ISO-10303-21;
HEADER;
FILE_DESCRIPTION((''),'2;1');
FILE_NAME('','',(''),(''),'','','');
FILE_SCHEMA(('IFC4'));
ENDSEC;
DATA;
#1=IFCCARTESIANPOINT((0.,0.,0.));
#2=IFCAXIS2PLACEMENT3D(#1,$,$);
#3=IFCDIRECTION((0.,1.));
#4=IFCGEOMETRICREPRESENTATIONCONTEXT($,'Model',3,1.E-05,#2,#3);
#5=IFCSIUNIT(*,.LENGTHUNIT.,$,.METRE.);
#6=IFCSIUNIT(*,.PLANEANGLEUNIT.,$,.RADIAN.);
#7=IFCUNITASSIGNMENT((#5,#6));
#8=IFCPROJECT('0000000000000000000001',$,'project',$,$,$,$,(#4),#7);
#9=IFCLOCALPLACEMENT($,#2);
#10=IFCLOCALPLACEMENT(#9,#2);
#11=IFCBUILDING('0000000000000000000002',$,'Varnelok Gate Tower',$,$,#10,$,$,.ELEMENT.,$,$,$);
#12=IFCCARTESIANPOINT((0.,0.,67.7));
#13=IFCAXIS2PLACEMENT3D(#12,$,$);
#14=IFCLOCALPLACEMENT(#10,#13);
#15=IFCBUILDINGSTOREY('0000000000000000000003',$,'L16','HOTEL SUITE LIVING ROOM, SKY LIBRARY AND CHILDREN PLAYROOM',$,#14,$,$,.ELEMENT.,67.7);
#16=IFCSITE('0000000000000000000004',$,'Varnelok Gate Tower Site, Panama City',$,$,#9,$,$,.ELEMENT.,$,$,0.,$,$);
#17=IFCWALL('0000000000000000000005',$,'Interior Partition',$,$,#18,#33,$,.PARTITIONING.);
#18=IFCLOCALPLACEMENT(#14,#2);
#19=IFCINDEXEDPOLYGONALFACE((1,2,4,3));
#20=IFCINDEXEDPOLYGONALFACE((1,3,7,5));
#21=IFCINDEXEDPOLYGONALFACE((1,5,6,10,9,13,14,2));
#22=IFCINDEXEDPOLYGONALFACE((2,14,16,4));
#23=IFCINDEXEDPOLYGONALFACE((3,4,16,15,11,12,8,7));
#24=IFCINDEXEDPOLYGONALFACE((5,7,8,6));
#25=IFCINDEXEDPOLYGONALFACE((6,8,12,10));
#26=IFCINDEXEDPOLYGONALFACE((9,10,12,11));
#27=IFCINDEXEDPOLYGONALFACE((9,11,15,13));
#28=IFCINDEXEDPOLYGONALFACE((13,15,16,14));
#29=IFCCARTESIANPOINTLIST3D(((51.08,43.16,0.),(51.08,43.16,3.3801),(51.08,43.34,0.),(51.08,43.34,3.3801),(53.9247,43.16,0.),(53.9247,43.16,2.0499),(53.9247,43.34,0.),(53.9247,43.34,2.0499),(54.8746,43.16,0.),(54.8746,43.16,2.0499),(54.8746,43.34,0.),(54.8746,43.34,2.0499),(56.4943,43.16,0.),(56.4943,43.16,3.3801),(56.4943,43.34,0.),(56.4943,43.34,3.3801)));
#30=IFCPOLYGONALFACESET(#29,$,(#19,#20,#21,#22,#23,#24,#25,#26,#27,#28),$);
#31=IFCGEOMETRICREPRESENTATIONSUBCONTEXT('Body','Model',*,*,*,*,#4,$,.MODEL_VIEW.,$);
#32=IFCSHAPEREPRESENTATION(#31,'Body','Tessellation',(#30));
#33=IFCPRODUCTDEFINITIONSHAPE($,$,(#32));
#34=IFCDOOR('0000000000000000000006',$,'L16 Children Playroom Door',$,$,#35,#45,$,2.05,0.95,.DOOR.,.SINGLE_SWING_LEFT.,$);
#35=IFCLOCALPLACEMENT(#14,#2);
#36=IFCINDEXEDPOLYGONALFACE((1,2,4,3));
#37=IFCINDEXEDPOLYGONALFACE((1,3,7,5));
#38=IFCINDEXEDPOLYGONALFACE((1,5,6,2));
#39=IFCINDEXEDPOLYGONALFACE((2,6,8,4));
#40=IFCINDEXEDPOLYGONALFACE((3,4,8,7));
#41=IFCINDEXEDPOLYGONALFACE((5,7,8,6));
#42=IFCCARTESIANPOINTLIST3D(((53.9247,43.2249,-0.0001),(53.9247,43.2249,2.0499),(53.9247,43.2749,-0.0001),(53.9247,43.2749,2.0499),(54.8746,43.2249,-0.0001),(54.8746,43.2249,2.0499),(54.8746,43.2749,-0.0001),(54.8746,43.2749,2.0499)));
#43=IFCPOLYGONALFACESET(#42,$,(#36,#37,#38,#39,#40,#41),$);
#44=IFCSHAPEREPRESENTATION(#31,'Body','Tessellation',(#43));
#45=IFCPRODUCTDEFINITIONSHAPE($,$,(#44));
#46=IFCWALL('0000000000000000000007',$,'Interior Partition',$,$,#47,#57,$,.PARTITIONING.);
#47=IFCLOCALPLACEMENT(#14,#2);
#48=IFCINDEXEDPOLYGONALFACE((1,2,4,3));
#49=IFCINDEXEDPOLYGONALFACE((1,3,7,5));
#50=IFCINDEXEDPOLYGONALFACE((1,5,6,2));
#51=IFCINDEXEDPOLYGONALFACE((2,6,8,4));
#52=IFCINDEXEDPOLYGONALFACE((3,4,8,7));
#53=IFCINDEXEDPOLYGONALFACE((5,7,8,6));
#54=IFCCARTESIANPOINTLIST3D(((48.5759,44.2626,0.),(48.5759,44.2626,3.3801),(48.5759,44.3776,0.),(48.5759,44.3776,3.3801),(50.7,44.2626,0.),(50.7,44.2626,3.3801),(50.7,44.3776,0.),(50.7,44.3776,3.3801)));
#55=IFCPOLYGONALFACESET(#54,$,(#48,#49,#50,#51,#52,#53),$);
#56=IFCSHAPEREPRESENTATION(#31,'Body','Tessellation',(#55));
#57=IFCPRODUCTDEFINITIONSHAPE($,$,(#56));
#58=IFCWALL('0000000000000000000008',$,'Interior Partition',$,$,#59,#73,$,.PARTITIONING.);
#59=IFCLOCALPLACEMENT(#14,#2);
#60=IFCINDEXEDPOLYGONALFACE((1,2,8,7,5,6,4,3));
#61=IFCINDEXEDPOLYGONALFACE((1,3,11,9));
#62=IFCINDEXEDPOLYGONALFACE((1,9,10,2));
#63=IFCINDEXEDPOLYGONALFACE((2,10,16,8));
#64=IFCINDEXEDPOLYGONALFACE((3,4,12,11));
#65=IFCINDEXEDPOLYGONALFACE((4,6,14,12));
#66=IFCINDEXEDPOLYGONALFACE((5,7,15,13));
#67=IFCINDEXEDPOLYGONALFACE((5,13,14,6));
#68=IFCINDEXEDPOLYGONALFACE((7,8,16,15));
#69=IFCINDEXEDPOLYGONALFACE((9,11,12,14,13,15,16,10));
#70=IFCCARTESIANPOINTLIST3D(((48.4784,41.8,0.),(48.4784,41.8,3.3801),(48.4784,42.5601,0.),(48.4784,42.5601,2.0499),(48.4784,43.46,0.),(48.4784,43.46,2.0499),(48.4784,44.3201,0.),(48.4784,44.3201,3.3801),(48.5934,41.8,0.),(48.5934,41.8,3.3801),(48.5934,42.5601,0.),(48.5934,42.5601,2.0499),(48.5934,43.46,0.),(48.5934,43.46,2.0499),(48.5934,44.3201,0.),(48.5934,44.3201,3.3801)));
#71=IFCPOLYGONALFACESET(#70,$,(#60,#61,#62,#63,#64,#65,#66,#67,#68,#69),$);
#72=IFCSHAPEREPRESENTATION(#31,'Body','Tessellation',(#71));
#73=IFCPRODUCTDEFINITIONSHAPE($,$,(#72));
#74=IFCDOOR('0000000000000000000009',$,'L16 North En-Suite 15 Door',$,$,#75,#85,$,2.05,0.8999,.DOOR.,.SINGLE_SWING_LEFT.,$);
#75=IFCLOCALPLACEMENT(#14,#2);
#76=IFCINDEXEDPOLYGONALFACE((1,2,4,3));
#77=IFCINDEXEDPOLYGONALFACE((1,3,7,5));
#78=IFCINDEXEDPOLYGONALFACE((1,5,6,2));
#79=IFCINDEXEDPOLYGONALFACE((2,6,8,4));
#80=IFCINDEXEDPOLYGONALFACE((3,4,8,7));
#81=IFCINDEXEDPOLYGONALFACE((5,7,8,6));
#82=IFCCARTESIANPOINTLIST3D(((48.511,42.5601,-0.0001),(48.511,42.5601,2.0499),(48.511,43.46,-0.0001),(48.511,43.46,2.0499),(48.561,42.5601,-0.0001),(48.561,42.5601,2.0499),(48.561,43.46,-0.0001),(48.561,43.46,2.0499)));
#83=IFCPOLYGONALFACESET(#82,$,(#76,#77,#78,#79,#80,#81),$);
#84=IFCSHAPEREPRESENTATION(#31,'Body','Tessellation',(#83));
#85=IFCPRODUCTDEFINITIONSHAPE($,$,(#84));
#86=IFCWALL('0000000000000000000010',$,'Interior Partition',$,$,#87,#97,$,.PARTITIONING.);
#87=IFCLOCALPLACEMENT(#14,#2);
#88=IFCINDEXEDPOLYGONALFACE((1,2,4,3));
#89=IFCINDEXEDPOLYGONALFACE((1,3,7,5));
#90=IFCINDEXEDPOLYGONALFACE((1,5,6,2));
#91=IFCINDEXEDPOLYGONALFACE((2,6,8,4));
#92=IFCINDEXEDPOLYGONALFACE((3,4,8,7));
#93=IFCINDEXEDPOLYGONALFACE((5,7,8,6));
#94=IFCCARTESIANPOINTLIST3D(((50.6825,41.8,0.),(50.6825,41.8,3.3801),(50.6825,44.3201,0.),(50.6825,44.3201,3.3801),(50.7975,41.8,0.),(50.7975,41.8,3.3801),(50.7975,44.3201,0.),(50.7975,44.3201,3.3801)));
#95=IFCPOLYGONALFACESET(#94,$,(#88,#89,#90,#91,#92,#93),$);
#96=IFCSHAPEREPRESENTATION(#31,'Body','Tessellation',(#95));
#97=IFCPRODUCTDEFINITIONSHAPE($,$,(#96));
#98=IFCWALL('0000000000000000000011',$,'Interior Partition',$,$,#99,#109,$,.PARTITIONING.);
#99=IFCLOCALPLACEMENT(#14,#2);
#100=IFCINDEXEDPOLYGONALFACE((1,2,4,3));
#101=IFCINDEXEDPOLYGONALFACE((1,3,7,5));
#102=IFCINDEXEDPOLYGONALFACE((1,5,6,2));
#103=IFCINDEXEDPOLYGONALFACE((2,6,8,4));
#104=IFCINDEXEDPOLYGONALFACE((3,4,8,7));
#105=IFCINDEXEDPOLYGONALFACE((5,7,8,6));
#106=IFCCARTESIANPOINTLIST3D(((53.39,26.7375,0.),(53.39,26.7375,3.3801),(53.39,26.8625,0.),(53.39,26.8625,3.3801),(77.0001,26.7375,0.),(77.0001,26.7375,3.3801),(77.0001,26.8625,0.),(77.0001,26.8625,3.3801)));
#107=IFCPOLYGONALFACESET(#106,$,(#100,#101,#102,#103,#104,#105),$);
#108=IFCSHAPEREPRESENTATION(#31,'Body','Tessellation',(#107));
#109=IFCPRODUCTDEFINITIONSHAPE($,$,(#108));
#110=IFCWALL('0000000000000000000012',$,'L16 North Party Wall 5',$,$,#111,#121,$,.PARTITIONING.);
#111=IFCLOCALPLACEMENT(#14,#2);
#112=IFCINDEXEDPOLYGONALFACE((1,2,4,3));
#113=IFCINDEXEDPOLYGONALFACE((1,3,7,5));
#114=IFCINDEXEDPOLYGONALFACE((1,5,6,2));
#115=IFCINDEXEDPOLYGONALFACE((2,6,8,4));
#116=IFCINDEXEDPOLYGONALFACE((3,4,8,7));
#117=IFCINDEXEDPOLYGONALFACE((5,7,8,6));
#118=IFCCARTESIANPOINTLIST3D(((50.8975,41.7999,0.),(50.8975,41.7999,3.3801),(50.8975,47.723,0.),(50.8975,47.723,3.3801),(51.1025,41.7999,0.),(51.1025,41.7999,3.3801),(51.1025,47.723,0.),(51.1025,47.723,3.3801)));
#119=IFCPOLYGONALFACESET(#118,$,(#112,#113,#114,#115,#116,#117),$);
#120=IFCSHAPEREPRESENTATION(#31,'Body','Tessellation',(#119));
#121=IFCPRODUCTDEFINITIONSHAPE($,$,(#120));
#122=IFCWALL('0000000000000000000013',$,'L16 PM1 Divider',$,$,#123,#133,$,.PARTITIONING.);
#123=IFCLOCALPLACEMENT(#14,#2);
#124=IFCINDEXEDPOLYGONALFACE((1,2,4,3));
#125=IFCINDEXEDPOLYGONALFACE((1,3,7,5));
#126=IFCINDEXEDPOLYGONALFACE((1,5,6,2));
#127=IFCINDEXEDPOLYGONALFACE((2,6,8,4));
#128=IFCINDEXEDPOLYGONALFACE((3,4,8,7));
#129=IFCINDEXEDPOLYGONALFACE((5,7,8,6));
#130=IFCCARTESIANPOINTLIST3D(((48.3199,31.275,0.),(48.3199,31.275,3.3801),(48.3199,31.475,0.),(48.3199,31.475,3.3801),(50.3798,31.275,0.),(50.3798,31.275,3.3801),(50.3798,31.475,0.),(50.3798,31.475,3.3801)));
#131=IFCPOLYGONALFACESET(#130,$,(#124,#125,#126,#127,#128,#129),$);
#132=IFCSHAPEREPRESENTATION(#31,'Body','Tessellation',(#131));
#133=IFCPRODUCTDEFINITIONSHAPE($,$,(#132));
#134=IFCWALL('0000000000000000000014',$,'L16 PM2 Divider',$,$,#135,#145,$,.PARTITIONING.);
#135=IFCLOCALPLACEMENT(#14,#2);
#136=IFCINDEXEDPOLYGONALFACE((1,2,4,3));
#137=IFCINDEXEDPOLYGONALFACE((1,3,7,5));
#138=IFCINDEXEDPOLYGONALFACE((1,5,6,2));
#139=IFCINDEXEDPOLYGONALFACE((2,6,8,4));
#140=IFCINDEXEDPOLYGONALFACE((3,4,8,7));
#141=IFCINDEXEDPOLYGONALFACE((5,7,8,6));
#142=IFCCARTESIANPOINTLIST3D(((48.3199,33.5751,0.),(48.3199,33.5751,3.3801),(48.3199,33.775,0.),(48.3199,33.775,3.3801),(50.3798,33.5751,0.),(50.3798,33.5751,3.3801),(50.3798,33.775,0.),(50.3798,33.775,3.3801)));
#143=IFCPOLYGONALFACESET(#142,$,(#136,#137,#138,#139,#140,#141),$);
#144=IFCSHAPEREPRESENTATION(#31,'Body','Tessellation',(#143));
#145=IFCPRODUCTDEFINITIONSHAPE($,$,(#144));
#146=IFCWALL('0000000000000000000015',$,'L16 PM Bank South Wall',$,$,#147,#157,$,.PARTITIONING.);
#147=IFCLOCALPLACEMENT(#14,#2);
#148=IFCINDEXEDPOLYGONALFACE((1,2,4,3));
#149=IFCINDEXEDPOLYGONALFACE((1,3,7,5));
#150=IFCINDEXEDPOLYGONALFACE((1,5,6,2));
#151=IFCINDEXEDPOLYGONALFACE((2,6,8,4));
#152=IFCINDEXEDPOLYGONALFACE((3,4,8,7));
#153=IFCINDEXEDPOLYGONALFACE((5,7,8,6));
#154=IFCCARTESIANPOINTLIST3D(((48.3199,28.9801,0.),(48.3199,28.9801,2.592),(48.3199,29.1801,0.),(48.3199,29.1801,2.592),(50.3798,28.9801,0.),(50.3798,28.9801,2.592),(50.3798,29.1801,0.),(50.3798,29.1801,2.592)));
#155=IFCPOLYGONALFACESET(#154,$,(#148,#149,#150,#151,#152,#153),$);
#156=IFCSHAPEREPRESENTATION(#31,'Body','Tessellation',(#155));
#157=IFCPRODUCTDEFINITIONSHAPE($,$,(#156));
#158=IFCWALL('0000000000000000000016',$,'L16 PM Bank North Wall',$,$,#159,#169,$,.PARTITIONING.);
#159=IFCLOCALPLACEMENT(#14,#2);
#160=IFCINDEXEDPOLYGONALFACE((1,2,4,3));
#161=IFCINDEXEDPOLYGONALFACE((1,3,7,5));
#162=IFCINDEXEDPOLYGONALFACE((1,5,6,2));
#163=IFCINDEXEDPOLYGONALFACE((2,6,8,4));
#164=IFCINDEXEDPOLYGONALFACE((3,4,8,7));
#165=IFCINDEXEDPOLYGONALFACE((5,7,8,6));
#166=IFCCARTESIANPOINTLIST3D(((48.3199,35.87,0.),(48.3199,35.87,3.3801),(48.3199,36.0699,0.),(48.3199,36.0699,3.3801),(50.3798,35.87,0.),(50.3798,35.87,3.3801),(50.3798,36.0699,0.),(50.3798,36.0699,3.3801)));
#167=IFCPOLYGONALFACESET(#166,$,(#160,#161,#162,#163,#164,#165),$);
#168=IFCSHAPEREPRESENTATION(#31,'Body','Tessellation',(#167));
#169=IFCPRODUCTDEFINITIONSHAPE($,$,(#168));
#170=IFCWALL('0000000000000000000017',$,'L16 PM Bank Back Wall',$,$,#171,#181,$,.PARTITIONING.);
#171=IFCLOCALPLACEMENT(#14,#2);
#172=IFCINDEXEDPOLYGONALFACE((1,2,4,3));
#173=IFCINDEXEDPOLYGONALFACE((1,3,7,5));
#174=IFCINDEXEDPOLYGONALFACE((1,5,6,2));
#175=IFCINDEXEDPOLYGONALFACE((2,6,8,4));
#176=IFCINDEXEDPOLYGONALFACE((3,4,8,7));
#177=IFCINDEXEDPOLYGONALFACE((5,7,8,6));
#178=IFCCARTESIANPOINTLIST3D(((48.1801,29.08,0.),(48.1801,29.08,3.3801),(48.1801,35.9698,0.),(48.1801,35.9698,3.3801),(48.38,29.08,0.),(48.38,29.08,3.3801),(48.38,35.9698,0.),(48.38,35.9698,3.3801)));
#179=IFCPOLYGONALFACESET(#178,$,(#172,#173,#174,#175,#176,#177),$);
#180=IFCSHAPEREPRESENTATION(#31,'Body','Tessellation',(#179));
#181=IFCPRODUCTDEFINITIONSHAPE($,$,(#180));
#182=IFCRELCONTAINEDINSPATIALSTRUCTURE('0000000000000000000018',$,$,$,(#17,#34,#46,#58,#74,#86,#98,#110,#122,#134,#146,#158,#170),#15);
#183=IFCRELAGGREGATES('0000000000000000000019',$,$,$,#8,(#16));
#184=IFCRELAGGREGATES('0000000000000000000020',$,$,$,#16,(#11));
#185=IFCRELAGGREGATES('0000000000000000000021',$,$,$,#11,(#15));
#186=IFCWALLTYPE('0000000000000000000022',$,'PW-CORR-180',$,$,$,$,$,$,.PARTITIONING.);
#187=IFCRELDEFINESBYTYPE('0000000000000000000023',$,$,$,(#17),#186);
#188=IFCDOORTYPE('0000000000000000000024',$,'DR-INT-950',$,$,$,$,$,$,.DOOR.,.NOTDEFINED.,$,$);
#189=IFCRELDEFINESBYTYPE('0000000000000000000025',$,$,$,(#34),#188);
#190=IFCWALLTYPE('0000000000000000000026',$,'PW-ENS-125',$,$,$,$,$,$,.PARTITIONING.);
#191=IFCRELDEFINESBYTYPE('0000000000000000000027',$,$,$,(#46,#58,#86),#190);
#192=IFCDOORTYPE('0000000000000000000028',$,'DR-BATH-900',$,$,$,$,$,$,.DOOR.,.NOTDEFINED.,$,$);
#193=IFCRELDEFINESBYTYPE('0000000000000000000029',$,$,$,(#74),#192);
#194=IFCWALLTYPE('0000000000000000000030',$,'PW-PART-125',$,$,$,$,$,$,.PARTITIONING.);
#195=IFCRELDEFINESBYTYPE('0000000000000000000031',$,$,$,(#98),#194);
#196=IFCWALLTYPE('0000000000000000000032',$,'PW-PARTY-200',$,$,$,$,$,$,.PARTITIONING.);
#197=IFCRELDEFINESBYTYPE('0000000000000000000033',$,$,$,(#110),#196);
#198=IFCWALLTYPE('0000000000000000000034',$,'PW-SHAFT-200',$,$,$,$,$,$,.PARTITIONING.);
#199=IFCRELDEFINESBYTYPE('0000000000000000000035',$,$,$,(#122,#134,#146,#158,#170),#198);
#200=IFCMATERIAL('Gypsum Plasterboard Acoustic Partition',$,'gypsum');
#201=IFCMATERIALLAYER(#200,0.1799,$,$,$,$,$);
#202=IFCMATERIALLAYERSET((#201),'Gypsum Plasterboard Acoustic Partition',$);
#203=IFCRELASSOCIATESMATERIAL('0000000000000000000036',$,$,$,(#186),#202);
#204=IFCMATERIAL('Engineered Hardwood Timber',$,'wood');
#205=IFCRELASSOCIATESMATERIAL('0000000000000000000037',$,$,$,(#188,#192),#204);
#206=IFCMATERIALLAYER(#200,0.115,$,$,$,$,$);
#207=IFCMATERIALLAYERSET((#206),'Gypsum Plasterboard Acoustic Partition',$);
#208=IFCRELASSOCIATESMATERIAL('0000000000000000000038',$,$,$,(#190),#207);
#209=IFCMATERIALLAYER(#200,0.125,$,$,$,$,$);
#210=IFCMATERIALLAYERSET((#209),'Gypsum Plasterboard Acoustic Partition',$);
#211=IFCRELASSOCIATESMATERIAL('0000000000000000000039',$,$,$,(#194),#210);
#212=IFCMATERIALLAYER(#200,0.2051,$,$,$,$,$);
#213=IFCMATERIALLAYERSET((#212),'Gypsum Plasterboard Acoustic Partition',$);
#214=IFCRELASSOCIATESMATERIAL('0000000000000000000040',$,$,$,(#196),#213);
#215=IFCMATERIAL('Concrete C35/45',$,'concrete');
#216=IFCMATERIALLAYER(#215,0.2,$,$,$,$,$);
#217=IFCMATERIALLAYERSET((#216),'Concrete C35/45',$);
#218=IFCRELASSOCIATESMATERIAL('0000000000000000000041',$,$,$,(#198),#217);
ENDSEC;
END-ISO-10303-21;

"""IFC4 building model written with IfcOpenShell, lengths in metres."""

from ifc_helpers import new_model, si_unit, direction, frame, frame_2d, origin, place, context, subcontext, project, spatial, rectangle, extrude, material, layer, layer_set, type_object, element, fill, save


model = new_model("IFC4")

# Units and contexts
model_context = context("Model", 3, precision=1e-05, world=origin(), true_north=direction((0.0, 1.0)))
body_context = subcontext(model_context, "Body", "Model", "MODEL_VIEW")
ifc_project = project(units=[si_unit("LENGTHUNIT", "METRE"), si_unit("PLANEANGLEUNIT", "RADIAN")], contexts=[model_context])

# Site, building, storey
site_placement = place(None, origin())
site = spatial("IfcSite", under=ifc_project, at=site_placement, Name="Varnelok Gate Tower Site, Panama City", CompositionType="ELEMENT", RefElevation=0.0)
building_placement = place(site_placement, origin())
building = spatial("IfcBuilding", under=site, at=building_placement, Name="Varnelok Gate Tower", CompositionType="ELEMENT")
storey_placement = place(building_placement, frame((0.0, 0.0, 67.7)))
storey = spatial("IfcBuildingStorey", under=building, at=storey_placement, Name="L16", Description="HOTEL SUITE LIVING ROOM, SKY LIBRARY AND CHILDREN PLAYROOM", CompositionType="ELEMENT", Elevation=67.7)

# Wall, opening, door
ifc_material_1 = material(Name="Gypsum Plasterboard Acoustic Partition", Category="gypsum")
ifc_layer_1 = layer(ifc_material_1, 0.1799)
ifc_layer_set_1 = layer_set([ifc_layer_1], Name="Gypsum Plasterboard Acoustic Partition")
wall_type_1 = type_object("IfcWallType", Name="PW-CORR-180", PredefinedType="PARTITIONING", material=ifc_layer_set_1)
wall_1_placement = place(storey_placement, frame((51.0801, 43.25, 0.0), z_axis=(0.0, 0.0, 1.0), x_axis=(1.0, 0.0, 0.0)))
wall_1 = element("IfcWall", 1, at=wall_1_placement, inside=storey, type_object=wall_type_1, Name="Interior Partition", PredefinedType="PARTITIONING", context=body_context, shape_type="SweptSolid", body=[
    extrude(rectangle(XDim=5.4143, YDim=0.1799, at=frame_2d((2.707, 0.0))), origin(), (0.0, 0.0, 1.0), 3.3801),
])
opening_1_placement = place(wall_1_placement, frame((2.8445, 0.0, 0.0)))
opening_1 = element("IfcOpeningElement", 2, at=opening_1_placement, cuts=wall_1, PredefinedType="OPENING", context=body_context, shape_type="SweptSolid", body=[
    extrude(rectangle(XDim=0.95, YDim=2.05, at=frame_2d((0.4751, 1.0249))), frame((0.0, 0.0999, 0.0), z_axis=(0.0, -1.0, 0.0), x_axis=(1.0, 0.0, 0.0)), (0.0, 0.0, 1.0), 0.2),
])
ifc_material_2 = material(Name="Engineered Hardwood Timber", Category="wood")
door_type_1 = type_object("IfcDoorType", Name="DR-INT-950", OperationType="NOTDEFINED", PredefinedType="DOOR", material=ifc_material_2)
door_1_placement = place(opening_1_placement, origin())
door_1 = element("IfcDoor", 3, at=door_1_placement, inside=storey, type_object=door_type_1, Name="L16 Children Playroom Door", OperationType="SINGLE_SWING_LEFT", OverallHeight=2.05, OverallWidth=0.95, PredefinedType="DOOR", context=body_context, shape_type="SweptSolid", body=[
    extrude(rectangle(XDim=0.95, YDim=2.05, at=frame_2d((0.4751, 1.0249))), frame((0.0, 0.0249, 0.0), z_axis=(0.0, -1.0, 0.0), x_axis=(1.0, 0.0, 0.0)), (0.0, 0.0, 1.0), 0.05),
])
fill(opening_1, door_1)

# Wall
ifc_layer_2 = layer(ifc_material_1, 0.115)
ifc_layer_set_2 = layer_set([ifc_layer_2], Name="Gypsum Plasterboard Acoustic Partition")
wall_type_2 = type_object("IfcWallType", Name="PW-ENS-125", PredefinedType="PARTITIONING", material=ifc_layer_set_2)
wall_2_placement = place(storey_placement, frame((48.5759, 44.3201, 0.0), z_axis=(0.0, 0.0, 1.0), x_axis=(1.0, 0.0, 0.0)))
element("IfcWall", 4, at=wall_2_placement, inside=storey, type_object=wall_type_2, Name="Interior Partition", PredefinedType="PARTITIONING", context=body_context, shape_type="SweptSolid", body=[
    extrude(rectangle(XDim=2.124, YDim=0.115, at=frame_2d((1.062, 0.0))), origin(), (0.0, 0.0, 1.0), 3.3801),
])

# Wall, opening, door
wall_3_placement = place(storey_placement, frame((48.5359, 41.8, 0.0), z_axis=(0.0, 0.0, 1.0), x_axis=(0.0, 1.0, 0.0)))
wall_3 = element("IfcWall", 5, at=wall_3_placement, inside=storey, type_object=wall_type_2, Name="Interior Partition", PredefinedType="PARTITIONING", context=body_context, shape_type="SweptSolid", body=[
    extrude(rectangle(XDim=2.52, YDim=0.115, at=frame_2d((1.26, 0.0))), origin(), (0.0, 0.0, 1.0), 3.3801),
])
opening_2_placement = place(wall_3_placement, frame((0.76, 0.0, 0.0)))
opening_2 = element("IfcOpeningElement", 6, at=opening_2_placement, cuts=wall_3, PredefinedType="OPENING", context=body_context, shape_type="SweptSolid", body=[
    extrude(rectangle(XDim=0.8999, YDim=2.05, at=frame_2d((0.45, 1.0249))), frame((0.0, 0.0674, 0.0), z_axis=(0.0, -1.0, 0.0), x_axis=(1.0, 0.0, 0.0)), (0.0, 0.0, 1.0), 0.135),
])
door_type_2 = type_object("IfcDoorType", Name="DR-BATH-900", OperationType="NOTDEFINED", PredefinedType="DOOR", material=ifc_material_2)
door_2_placement = place(opening_2_placement, origin())
door_2 = element("IfcDoor", 7, at=door_2_placement, inside=storey, type_object=door_type_2, Name="L16 North En-Suite 15 Door", OperationType="SINGLE_SWING_LEFT", OverallHeight=2.05, OverallWidth=0.8999, PredefinedType="DOOR", context=body_context, shape_type="SweptSolid", body=[
    extrude(rectangle(XDim=0.8999, YDim=2.05, at=frame_2d((0.45, 1.0249))), frame((0.0, 0.0249, 0.0), z_axis=(0.0, -1.0, 0.0), x_axis=(1.0, 0.0, 0.0)), (0.0, 0.0, 1.0), 0.05),
])
fill(opening_2, door_2)

# Walls
wall_4_placement = place(storey_placement, frame((50.74, 41.8, 0.0), z_axis=(0.0, 0.0, 1.0), x_axis=(0.0, 1.0, 0.0)))
element("IfcWall", 8, at=wall_4_placement, inside=storey, type_object=wall_type_2, Name="Interior Partition", PredefinedType="PARTITIONING", context=body_context, shape_type="SweptSolid", body=[
    extrude(rectangle(XDim=2.52, YDim=0.115, at=frame_2d((1.26, 0.0))), origin(), (0.0, 0.0, 1.0), 3.3801),
])
ifc_layer_3 = layer(ifc_material_1, 0.125)
ifc_layer_set_3 = layer_set([ifc_layer_3], Name="Gypsum Plasterboard Acoustic Partition")
wall_type_3 = type_object("IfcWallType", Name="PW-PART-125", PredefinedType="PARTITIONING", material=ifc_layer_set_3)
wall_5_placement = place(storey_placement, frame((53.3899, 26.8, 0.0), z_axis=(0.0, 0.0, 1.0), x_axis=(1.0, 0.0, 0.0)))
element("IfcWall", 9, at=wall_5_placement, inside=storey, type_object=wall_type_3, Name="Interior Partition", PredefinedType="PARTITIONING", context=body_context, shape_type="SweptSolid", body=[
    extrude(rectangle(XDim=23.6101, YDim=0.125, at=frame_2d((11.8052, 0.0))), origin(), (0.0, 0.0, 1.0), 3.3801),
])
ifc_layer_4 = layer(ifc_material_1, 0.2051)
ifc_layer_set_4 = layer_set([ifc_layer_4], Name="Gypsum Plasterboard Acoustic Partition")
wall_type_4 = type_object("IfcWallType", Name="PW-PARTY-200", PredefinedType="PARTITIONING", material=ifc_layer_set_4)
wall_6_placement = place(storey_placement, frame((51.0, 41.8, 0.0), z_axis=(0.0, 0.0, 1.0), x_axis=(0.0, 1.0, 0.0)))
element("IfcWall", 10, at=wall_6_placement, inside=storey, type_object=wall_type_4, Name="L16 North Party Wall 5", PredefinedType="PARTITIONING", context=body_context, shape_type="SweptSolid", body=[
    extrude(rectangle(XDim=5.9231, YDim=0.2051, at=frame_2d((2.9614, 0.0))), origin(), (0.0, 0.0, 1.0), 3.3801),
])
ifc_material_3 = material(Name="Concrete C35/45", Category="concrete")
ifc_layer_5 = layer(ifc_material_3, 0.2)
ifc_layer_set_5 = layer_set([ifc_layer_5], Name="Concrete C35/45")
wall_type_5 = type_object("IfcWallType", Name="PW-SHAFT-200", PredefinedType="PARTITIONING", material=ifc_layer_set_5)
for number, where, z_axis, x_axis, name in (
    (11, (48.3201, 31.375, 0.0), (0.0, 0.0, 1.0), (1.0, 0.0, 0.0), "L16 PM1 Divider"),
    (12, (48.3201, 33.675, 0.0), (0.0, 0.0, 1.0), (1.0, 0.0, 0.0), "L16 PM2 Divider"),
):
    element("IfcWall", number, at=place(storey_placement, frame(where, z_axis=z_axis, x_axis=x_axis)), inside=storey, type_object=wall_type_5, Name=name, PredefinedType="PARTITIONING", context=body_context, shape_type="SweptSolid", body=[
        extrude(rectangle(XDim=2.0598, YDim=0.2, at=frame_2d((1.0298, 0.0))), origin(), (0.0, 0.0, 1.0), 3.3801),
    ])
wall_7_placement = place(storey_placement, frame((48.3201, 29.0801, 0.0), z_axis=(0.0, 0.0, 1.0), x_axis=(1.0, 0.0, 0.0)))
element("IfcWall", 13, at=wall_7_placement, inside=storey, type_object=wall_type_5, Name="L16 PM Bank South Wall", PredefinedType="PARTITIONING", context=body_context, shape_type="SweptSolid", body=[
    extrude(rectangle(XDim=2.0598, YDim=0.2, at=frame_2d((1.0298, 0.0))), origin(), (0.0, 0.0, 1.0), 2.592),
])
wall_8_placement = place(storey_placement, frame((48.3201, 35.97, 0.0), z_axis=(0.0, 0.0, 1.0), x_axis=(1.0, 0.0, 0.0)))
element("IfcWall", 14, at=wall_8_placement, inside=storey, type_object=wall_type_5, Name="L16 PM Bank North Wall", PredefinedType="PARTITIONING", context=body_context, shape_type="SweptSolid", body=[
    extrude(rectangle(XDim=2.0598, YDim=0.2, at=frame_2d((1.0298, 0.0))), origin(), (0.0, 0.0, 1.0), 3.3801),
])
for number, where, z_axis, x_axis, name in (
    (15, (48.28, 29.0801, 0.0), (0.0, 0.0, 1.0), (0.0, 1.0, 0.0), "L16 PM Bank Back Wall"),
):
    element("IfcWall", number, at=place(storey_placement, frame(where, z_axis=z_axis, x_axis=x_axis)), inside=storey, type_object=wall_type_5, Name=name, PredefinedType="PARTITIONING", context=body_context, shape_type="SweptSolid", body=[
        extrude(rectangle(XDim=6.8899, YDim=0.2, at=frame_2d((3.4448, 0.0))), origin(), (0.0, 0.0, 1.0), 3.3801),
    ])

save(model, "model.ifc")
